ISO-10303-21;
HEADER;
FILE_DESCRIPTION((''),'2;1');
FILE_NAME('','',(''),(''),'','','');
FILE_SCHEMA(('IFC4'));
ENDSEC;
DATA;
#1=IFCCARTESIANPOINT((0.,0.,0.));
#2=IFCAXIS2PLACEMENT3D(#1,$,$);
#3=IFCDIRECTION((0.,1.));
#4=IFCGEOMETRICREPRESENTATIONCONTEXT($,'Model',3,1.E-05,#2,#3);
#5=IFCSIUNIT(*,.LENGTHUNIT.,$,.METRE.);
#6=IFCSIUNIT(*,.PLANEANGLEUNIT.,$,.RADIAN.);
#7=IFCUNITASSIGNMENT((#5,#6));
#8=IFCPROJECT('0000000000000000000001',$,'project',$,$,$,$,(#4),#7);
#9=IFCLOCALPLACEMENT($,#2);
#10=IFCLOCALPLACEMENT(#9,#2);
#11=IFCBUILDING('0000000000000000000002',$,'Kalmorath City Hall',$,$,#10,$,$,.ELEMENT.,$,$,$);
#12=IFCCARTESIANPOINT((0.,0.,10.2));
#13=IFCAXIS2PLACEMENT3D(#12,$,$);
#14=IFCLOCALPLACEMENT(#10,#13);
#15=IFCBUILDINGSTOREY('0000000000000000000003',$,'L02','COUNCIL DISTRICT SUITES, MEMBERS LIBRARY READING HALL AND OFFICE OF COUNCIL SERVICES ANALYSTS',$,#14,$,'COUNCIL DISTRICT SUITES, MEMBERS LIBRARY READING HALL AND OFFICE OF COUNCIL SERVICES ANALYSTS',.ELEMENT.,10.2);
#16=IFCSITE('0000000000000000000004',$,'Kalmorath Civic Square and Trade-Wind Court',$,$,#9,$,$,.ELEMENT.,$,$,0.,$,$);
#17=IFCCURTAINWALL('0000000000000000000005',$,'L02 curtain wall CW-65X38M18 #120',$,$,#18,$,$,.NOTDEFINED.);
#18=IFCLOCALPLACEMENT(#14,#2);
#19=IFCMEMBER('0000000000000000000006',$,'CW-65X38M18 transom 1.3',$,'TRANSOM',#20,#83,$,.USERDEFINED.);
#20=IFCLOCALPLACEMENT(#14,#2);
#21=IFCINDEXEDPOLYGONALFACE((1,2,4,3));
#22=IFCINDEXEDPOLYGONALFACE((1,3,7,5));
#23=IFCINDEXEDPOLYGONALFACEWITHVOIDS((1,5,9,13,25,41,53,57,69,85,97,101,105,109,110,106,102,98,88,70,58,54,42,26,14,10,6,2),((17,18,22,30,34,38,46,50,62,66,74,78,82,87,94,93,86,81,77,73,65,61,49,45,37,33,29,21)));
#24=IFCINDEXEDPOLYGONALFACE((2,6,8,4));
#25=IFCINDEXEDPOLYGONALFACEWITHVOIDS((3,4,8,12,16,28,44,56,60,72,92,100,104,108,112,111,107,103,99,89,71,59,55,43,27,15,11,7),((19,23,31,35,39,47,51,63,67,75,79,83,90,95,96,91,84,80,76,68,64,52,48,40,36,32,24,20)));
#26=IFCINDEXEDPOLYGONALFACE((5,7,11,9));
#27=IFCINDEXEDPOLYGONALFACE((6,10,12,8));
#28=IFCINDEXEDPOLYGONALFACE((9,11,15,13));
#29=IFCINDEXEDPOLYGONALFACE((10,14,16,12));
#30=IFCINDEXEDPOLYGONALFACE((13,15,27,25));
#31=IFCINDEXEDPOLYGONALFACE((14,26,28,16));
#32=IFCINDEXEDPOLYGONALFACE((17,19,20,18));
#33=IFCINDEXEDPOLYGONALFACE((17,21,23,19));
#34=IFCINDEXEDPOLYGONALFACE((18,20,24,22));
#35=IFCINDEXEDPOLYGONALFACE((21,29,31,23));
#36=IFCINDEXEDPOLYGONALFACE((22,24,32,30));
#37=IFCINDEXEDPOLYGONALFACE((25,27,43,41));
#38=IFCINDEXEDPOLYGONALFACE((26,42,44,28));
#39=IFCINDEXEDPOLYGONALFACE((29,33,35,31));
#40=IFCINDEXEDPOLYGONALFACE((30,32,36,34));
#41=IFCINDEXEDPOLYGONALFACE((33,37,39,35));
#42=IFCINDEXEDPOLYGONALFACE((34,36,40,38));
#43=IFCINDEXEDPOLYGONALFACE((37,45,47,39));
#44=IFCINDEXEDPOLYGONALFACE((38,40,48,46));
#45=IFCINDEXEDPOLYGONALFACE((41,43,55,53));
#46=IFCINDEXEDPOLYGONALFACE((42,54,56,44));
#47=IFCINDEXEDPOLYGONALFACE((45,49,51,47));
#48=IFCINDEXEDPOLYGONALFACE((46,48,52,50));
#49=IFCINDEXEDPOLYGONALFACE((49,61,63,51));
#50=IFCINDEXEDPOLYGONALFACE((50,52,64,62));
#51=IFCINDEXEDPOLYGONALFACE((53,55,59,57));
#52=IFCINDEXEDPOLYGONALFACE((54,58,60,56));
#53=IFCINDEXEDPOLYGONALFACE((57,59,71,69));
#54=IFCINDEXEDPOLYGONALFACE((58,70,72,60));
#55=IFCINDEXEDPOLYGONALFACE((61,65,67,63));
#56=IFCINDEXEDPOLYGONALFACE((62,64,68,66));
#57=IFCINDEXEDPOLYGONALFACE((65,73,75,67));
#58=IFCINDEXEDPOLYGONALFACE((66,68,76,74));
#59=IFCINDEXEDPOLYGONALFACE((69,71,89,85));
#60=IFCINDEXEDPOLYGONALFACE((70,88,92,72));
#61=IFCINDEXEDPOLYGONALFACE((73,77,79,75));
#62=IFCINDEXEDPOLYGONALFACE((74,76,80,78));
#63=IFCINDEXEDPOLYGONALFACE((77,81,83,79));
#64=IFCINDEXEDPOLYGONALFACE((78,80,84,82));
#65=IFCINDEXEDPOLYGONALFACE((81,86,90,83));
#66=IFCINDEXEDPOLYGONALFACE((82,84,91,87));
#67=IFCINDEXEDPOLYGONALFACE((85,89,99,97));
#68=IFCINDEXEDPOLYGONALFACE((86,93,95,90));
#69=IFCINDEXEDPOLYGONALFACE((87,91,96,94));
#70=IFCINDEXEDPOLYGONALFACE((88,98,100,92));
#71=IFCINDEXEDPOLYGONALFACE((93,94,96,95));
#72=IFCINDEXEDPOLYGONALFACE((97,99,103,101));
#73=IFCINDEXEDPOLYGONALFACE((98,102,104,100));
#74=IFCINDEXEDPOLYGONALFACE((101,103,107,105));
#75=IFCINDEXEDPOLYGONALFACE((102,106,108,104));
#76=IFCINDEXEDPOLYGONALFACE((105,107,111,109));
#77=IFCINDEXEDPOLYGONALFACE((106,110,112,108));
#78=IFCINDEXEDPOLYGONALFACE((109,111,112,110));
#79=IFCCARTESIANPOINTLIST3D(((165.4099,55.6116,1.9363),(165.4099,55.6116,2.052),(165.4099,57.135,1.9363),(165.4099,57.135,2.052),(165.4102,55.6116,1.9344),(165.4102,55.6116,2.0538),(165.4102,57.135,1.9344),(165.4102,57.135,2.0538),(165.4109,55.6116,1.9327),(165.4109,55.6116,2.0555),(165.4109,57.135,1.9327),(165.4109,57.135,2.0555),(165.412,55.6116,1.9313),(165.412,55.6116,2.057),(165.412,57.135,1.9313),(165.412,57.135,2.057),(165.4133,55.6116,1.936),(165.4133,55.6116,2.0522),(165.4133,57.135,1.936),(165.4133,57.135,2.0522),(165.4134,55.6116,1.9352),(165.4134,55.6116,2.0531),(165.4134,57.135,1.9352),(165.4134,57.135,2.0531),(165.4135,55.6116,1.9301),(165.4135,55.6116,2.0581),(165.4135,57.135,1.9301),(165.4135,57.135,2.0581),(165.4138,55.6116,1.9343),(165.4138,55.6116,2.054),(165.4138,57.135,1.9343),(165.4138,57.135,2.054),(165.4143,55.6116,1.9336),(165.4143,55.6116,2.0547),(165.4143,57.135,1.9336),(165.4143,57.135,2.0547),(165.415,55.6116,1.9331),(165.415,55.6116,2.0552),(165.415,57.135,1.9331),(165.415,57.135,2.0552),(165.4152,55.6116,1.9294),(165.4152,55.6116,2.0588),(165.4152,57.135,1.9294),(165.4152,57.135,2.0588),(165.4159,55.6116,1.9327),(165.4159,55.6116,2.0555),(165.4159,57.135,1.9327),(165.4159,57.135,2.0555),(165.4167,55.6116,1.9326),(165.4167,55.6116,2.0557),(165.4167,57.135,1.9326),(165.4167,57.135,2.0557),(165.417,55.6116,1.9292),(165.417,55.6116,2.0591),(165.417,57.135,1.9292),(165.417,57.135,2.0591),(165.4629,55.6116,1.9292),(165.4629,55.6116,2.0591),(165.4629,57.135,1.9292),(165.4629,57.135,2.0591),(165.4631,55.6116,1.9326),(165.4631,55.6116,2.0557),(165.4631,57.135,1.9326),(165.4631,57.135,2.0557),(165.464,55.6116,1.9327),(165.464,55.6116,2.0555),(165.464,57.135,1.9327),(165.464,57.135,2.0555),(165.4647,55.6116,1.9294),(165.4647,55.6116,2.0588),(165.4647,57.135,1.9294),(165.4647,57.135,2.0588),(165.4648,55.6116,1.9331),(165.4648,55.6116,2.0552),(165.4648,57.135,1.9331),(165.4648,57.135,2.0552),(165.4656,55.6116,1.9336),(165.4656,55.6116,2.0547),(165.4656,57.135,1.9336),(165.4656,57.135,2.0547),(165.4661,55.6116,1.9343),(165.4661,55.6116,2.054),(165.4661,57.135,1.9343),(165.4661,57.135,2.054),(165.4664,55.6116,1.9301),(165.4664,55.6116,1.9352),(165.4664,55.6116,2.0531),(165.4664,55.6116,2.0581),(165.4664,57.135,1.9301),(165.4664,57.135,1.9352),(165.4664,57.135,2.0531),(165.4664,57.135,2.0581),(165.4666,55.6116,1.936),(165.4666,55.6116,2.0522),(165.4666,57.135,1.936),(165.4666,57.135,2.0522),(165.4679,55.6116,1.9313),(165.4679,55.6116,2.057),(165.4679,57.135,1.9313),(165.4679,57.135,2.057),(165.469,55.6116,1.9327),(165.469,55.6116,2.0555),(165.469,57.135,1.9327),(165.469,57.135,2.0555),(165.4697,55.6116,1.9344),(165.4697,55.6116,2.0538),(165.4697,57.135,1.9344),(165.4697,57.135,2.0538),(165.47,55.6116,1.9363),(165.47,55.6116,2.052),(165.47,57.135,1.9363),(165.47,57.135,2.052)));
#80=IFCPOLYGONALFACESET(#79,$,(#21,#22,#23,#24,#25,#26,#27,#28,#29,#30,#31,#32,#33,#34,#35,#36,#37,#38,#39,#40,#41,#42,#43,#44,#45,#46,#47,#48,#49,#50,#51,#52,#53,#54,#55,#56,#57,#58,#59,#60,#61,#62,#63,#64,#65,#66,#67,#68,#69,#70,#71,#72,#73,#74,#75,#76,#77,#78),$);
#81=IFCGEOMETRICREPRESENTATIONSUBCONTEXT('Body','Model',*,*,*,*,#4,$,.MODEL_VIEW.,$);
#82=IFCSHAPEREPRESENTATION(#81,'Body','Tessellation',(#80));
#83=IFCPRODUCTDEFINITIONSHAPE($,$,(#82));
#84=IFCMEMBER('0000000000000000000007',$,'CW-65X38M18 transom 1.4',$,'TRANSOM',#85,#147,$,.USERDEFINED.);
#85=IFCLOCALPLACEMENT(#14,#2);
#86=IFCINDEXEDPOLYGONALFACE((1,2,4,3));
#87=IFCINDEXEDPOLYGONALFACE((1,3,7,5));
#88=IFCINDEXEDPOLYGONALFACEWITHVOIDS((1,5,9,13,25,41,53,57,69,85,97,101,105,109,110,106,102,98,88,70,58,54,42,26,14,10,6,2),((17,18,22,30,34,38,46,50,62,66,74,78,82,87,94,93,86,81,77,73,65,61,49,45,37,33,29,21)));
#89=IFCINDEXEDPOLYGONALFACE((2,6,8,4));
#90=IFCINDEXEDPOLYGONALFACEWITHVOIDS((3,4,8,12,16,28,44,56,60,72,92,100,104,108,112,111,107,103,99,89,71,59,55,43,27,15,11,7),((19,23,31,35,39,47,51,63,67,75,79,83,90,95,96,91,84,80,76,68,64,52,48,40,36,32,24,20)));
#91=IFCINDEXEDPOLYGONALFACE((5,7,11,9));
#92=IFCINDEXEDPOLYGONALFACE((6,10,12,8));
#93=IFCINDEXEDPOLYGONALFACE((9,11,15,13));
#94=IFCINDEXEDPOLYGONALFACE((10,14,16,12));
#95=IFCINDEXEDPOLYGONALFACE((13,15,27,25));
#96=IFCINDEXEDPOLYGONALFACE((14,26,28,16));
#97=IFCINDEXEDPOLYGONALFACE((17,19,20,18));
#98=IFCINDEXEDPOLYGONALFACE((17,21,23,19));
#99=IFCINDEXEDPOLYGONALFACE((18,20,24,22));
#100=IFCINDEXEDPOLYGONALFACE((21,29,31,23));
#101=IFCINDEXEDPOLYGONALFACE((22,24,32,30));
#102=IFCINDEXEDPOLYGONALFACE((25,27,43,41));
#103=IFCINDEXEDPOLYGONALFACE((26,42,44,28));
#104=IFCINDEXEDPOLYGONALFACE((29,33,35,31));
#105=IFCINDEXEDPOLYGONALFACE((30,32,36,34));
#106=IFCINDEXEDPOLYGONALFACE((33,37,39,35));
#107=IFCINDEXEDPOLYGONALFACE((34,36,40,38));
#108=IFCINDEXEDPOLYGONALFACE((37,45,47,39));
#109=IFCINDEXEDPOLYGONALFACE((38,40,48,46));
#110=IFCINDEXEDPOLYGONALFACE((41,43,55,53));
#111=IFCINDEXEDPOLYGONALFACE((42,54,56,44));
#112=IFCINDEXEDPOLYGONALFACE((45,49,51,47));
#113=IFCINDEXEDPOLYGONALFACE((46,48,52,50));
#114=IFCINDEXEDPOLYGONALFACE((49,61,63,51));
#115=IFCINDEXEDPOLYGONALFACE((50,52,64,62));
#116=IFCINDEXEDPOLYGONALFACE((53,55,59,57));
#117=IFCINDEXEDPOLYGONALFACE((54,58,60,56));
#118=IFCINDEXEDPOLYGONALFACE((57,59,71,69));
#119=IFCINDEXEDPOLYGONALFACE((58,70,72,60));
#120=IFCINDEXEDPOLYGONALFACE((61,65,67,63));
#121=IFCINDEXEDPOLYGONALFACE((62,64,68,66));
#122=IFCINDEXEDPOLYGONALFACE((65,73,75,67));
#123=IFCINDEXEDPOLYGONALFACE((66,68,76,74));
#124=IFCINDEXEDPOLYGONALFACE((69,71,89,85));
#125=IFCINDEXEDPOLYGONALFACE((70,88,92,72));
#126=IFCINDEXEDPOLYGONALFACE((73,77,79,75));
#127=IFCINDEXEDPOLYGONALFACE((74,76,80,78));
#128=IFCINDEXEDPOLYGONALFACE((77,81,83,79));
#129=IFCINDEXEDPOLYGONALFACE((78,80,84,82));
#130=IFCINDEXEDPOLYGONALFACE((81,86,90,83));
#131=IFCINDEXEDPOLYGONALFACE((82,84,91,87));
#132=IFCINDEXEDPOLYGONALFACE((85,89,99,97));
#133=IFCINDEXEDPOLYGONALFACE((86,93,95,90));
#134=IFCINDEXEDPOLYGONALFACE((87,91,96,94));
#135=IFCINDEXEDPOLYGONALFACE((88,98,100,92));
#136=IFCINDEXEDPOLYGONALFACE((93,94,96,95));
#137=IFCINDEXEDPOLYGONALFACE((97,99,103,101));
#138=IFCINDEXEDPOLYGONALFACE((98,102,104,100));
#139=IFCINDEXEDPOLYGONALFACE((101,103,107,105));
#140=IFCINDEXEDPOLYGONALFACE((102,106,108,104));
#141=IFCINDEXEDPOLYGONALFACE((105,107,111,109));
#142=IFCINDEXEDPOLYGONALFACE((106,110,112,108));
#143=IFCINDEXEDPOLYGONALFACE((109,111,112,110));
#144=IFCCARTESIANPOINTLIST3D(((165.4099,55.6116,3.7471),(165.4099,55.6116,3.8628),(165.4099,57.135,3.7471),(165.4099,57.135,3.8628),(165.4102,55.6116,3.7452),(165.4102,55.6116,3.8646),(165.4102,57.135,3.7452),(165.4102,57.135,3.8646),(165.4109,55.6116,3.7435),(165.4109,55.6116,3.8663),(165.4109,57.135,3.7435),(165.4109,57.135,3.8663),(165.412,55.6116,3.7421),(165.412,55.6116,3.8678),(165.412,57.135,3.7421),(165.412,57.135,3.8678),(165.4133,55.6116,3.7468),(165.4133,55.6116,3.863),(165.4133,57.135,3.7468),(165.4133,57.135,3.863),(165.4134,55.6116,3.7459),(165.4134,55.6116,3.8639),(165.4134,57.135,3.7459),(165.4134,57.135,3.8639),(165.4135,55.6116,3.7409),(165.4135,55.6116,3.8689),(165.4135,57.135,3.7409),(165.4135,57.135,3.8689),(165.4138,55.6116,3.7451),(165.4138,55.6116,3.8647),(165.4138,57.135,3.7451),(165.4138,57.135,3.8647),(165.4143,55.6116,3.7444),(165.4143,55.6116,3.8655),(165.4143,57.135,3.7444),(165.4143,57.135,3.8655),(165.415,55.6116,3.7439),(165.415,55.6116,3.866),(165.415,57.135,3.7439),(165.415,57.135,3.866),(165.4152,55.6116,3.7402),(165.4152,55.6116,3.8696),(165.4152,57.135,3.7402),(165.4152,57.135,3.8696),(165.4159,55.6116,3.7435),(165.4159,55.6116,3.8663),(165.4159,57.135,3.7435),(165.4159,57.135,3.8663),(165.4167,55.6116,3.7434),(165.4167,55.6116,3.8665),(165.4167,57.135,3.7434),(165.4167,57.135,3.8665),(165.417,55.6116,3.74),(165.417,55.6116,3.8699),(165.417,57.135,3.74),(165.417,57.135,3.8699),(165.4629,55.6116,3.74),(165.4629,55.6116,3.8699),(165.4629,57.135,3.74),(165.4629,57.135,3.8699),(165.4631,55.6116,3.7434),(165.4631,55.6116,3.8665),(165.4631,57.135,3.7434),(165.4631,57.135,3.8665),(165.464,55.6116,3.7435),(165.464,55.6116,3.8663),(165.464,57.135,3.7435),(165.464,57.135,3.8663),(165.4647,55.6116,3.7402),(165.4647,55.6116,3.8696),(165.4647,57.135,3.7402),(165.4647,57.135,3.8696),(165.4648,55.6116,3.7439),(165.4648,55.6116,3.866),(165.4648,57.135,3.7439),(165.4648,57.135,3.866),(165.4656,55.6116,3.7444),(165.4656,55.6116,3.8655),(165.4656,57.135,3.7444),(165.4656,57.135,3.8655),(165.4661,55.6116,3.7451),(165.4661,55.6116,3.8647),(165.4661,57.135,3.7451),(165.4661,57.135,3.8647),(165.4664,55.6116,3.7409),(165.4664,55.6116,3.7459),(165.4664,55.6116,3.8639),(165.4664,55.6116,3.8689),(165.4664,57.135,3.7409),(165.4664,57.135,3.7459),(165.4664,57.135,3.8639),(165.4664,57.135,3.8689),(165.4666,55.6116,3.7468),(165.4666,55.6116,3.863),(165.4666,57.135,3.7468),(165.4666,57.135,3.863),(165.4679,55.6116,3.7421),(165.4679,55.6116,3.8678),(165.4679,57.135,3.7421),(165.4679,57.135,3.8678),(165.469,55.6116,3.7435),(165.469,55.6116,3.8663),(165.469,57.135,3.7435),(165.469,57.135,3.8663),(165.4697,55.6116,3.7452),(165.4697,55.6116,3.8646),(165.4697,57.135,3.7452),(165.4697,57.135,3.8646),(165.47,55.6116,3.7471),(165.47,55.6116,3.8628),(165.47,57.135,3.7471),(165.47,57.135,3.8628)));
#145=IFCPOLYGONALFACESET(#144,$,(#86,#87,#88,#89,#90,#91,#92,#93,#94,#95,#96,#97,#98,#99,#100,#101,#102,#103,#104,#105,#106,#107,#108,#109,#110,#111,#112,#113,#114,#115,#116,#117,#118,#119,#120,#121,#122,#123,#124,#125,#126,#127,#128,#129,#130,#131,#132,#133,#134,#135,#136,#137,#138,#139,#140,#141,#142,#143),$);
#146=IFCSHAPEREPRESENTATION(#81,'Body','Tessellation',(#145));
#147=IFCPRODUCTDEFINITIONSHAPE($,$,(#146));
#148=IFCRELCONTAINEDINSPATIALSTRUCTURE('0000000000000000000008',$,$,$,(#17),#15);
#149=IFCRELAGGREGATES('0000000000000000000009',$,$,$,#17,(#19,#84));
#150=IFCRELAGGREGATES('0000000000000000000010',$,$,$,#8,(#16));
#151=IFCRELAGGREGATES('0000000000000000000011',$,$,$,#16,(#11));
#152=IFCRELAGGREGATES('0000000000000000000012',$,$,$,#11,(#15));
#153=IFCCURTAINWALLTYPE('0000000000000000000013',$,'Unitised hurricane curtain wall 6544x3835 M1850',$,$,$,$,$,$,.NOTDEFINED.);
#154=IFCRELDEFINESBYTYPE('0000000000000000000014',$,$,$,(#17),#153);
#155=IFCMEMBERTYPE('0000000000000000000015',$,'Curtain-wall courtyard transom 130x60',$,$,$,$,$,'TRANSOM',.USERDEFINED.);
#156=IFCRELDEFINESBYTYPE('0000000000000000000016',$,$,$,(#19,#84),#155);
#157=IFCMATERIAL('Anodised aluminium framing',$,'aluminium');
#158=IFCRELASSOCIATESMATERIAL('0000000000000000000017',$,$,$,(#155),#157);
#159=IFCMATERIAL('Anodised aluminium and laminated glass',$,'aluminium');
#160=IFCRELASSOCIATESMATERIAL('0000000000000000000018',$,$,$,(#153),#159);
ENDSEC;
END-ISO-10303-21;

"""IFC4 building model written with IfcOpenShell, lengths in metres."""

from ifc_helpers import new_model, si_unit, direction, frame, origin, origin_2d, place, context, subcontext, project, spatial, hollow_rectangle, extrude, material, material_profile, profile_set, type_object, element, aggregate, save


model = new_model("IFC4")

# Units and contexts
model_context = context("Model", 3, precision=1e-05, world=origin(), true_north=direction((0.0, 1.0)))
body_context = subcontext(model_context, "Body", "Model", "MODEL_VIEW")
ifc_project = project(units=[si_unit("LENGTHUNIT", "METRE"), si_unit("PLANEANGLEUNIT", "RADIAN")], contexts=[model_context])

# Site, building, storey
site_placement = place(None, origin())
site = spatial("IfcSite", under=ifc_project, at=site_placement, Name="Kalmorath Civic Square and Trade-Wind Court", CompositionType="ELEMENT", RefElevation=0.0)
building_placement = place(site_placement, origin())
building = spatial("IfcBuilding", under=site, at=building_placement, Name="Kalmorath City Hall", CompositionType="ELEMENT")
storey_placement = place(building_placement, frame((0.0, 0.0, 10.2)))
storey = spatial("IfcBuildingStorey", under=building, at=storey_placement, Name="L02", Description="COUNCIL DISTRICT SUITES, MEMBERS LIBRARY READING HALL AND OFFICE OF COUNCIL SERVICES ANALYSTS", LongName="COUNCIL DISTRICT SUITES, MEMBERS LIBRARY READING HALL AND OFFICE OF COUNCIL SERVICES ANALYSTS", CompositionType="ELEMENT", Elevation=10.2)

# Curtain wall, members
ifc_material_1 = material(Name="Anodised aluminium framing", Category="aluminium")
ifc_material_profile_1 = material_profile(ifc_material_1, hollow_rectangle(XDim=0.0601, YDim=0.1299, WallThickness=0.0034, InnerFilletRadius=0.0034, OuterFilletRadius=0.0071, at=origin_2d()), Name="ALU-TRN-130X60X3.5")
ifc_profile_set_1 = profile_set([ifc_material_profile_1], Name="Anodised aluminium framing")
member_type_1 = type_object("IfcMemberType", Name="Curtain-wall courtyard transom 130x60", ElementType="TRANSOM", PredefinedType="USERDEFINED", material=ifc_profile_set_1)
ifc_material_2 = material(Name="Anodised aluminium and laminated glass", Category="aluminium")
curtain_wall_type_1 = type_object("IfcCurtainWallType", Name="Unitised hurricane curtain wall 6544x3835 M1850", PredefinedType="NOTDEFINED", material=ifc_material_2)
curtain_wall_1_placement = place(storey_placement, origin())
curtain_wall_1 = element("IfcCurtainWall", 1, at=curtain_wall_1_placement, inside=storey, type_object=curtain_wall_type_1, Name="L02 curtain wall CW-65X38M18 #120", PredefinedType="NOTDEFINED")
member_1_placement = place(storey_placement, frame((165.4399, 57.135, 1.9941), z_axis=(0.0, -1.0, 0.0), x_axis=(1.0, 0.0, 0.0)))
member_1 = element("IfcMember", 2, at=member_1_placement, type_object=member_type_1, Name="CW-65X38M18 transom 1.3", ObjectType="TRANSOM", PredefinedType="USERDEFINED", context=body_context, shape_type="SweptSolid", body=[
    extrude(hollow_rectangle(XDim=0.0601, YDim=0.1299, WallThickness=0.0034, InnerFilletRadius=0.0034, OuterFilletRadius=0.0071, at=origin_2d()), origin(), (0.0, 0.0, 1.0), 1.5234),
])
member_2_placement = place(storey_placement, frame((165.4399, 57.135, 3.8049), z_axis=(0.0, -1.0, 0.0), x_axis=(1.0, 0.0, 0.0)))
member_2 = element("IfcMember", 3, at=member_2_placement, type_object=member_type_1, Name="CW-65X38M18 transom 1.4", ObjectType="TRANSOM", PredefinedType="USERDEFINED", context=body_context, shape_type="SweptSolid", body=[
    extrude(hollow_rectangle(XDim=0.0601, YDim=0.1299, WallThickness=0.0034, InnerFilletRadius=0.0034, OuterFilletRadius=0.0071, at=origin_2d()), origin(), (0.0, 0.0, 1.0), 1.5234),
])

aggregate(curtain_wall_1, [member_1, member_2])

save(model, "model.ifc")
